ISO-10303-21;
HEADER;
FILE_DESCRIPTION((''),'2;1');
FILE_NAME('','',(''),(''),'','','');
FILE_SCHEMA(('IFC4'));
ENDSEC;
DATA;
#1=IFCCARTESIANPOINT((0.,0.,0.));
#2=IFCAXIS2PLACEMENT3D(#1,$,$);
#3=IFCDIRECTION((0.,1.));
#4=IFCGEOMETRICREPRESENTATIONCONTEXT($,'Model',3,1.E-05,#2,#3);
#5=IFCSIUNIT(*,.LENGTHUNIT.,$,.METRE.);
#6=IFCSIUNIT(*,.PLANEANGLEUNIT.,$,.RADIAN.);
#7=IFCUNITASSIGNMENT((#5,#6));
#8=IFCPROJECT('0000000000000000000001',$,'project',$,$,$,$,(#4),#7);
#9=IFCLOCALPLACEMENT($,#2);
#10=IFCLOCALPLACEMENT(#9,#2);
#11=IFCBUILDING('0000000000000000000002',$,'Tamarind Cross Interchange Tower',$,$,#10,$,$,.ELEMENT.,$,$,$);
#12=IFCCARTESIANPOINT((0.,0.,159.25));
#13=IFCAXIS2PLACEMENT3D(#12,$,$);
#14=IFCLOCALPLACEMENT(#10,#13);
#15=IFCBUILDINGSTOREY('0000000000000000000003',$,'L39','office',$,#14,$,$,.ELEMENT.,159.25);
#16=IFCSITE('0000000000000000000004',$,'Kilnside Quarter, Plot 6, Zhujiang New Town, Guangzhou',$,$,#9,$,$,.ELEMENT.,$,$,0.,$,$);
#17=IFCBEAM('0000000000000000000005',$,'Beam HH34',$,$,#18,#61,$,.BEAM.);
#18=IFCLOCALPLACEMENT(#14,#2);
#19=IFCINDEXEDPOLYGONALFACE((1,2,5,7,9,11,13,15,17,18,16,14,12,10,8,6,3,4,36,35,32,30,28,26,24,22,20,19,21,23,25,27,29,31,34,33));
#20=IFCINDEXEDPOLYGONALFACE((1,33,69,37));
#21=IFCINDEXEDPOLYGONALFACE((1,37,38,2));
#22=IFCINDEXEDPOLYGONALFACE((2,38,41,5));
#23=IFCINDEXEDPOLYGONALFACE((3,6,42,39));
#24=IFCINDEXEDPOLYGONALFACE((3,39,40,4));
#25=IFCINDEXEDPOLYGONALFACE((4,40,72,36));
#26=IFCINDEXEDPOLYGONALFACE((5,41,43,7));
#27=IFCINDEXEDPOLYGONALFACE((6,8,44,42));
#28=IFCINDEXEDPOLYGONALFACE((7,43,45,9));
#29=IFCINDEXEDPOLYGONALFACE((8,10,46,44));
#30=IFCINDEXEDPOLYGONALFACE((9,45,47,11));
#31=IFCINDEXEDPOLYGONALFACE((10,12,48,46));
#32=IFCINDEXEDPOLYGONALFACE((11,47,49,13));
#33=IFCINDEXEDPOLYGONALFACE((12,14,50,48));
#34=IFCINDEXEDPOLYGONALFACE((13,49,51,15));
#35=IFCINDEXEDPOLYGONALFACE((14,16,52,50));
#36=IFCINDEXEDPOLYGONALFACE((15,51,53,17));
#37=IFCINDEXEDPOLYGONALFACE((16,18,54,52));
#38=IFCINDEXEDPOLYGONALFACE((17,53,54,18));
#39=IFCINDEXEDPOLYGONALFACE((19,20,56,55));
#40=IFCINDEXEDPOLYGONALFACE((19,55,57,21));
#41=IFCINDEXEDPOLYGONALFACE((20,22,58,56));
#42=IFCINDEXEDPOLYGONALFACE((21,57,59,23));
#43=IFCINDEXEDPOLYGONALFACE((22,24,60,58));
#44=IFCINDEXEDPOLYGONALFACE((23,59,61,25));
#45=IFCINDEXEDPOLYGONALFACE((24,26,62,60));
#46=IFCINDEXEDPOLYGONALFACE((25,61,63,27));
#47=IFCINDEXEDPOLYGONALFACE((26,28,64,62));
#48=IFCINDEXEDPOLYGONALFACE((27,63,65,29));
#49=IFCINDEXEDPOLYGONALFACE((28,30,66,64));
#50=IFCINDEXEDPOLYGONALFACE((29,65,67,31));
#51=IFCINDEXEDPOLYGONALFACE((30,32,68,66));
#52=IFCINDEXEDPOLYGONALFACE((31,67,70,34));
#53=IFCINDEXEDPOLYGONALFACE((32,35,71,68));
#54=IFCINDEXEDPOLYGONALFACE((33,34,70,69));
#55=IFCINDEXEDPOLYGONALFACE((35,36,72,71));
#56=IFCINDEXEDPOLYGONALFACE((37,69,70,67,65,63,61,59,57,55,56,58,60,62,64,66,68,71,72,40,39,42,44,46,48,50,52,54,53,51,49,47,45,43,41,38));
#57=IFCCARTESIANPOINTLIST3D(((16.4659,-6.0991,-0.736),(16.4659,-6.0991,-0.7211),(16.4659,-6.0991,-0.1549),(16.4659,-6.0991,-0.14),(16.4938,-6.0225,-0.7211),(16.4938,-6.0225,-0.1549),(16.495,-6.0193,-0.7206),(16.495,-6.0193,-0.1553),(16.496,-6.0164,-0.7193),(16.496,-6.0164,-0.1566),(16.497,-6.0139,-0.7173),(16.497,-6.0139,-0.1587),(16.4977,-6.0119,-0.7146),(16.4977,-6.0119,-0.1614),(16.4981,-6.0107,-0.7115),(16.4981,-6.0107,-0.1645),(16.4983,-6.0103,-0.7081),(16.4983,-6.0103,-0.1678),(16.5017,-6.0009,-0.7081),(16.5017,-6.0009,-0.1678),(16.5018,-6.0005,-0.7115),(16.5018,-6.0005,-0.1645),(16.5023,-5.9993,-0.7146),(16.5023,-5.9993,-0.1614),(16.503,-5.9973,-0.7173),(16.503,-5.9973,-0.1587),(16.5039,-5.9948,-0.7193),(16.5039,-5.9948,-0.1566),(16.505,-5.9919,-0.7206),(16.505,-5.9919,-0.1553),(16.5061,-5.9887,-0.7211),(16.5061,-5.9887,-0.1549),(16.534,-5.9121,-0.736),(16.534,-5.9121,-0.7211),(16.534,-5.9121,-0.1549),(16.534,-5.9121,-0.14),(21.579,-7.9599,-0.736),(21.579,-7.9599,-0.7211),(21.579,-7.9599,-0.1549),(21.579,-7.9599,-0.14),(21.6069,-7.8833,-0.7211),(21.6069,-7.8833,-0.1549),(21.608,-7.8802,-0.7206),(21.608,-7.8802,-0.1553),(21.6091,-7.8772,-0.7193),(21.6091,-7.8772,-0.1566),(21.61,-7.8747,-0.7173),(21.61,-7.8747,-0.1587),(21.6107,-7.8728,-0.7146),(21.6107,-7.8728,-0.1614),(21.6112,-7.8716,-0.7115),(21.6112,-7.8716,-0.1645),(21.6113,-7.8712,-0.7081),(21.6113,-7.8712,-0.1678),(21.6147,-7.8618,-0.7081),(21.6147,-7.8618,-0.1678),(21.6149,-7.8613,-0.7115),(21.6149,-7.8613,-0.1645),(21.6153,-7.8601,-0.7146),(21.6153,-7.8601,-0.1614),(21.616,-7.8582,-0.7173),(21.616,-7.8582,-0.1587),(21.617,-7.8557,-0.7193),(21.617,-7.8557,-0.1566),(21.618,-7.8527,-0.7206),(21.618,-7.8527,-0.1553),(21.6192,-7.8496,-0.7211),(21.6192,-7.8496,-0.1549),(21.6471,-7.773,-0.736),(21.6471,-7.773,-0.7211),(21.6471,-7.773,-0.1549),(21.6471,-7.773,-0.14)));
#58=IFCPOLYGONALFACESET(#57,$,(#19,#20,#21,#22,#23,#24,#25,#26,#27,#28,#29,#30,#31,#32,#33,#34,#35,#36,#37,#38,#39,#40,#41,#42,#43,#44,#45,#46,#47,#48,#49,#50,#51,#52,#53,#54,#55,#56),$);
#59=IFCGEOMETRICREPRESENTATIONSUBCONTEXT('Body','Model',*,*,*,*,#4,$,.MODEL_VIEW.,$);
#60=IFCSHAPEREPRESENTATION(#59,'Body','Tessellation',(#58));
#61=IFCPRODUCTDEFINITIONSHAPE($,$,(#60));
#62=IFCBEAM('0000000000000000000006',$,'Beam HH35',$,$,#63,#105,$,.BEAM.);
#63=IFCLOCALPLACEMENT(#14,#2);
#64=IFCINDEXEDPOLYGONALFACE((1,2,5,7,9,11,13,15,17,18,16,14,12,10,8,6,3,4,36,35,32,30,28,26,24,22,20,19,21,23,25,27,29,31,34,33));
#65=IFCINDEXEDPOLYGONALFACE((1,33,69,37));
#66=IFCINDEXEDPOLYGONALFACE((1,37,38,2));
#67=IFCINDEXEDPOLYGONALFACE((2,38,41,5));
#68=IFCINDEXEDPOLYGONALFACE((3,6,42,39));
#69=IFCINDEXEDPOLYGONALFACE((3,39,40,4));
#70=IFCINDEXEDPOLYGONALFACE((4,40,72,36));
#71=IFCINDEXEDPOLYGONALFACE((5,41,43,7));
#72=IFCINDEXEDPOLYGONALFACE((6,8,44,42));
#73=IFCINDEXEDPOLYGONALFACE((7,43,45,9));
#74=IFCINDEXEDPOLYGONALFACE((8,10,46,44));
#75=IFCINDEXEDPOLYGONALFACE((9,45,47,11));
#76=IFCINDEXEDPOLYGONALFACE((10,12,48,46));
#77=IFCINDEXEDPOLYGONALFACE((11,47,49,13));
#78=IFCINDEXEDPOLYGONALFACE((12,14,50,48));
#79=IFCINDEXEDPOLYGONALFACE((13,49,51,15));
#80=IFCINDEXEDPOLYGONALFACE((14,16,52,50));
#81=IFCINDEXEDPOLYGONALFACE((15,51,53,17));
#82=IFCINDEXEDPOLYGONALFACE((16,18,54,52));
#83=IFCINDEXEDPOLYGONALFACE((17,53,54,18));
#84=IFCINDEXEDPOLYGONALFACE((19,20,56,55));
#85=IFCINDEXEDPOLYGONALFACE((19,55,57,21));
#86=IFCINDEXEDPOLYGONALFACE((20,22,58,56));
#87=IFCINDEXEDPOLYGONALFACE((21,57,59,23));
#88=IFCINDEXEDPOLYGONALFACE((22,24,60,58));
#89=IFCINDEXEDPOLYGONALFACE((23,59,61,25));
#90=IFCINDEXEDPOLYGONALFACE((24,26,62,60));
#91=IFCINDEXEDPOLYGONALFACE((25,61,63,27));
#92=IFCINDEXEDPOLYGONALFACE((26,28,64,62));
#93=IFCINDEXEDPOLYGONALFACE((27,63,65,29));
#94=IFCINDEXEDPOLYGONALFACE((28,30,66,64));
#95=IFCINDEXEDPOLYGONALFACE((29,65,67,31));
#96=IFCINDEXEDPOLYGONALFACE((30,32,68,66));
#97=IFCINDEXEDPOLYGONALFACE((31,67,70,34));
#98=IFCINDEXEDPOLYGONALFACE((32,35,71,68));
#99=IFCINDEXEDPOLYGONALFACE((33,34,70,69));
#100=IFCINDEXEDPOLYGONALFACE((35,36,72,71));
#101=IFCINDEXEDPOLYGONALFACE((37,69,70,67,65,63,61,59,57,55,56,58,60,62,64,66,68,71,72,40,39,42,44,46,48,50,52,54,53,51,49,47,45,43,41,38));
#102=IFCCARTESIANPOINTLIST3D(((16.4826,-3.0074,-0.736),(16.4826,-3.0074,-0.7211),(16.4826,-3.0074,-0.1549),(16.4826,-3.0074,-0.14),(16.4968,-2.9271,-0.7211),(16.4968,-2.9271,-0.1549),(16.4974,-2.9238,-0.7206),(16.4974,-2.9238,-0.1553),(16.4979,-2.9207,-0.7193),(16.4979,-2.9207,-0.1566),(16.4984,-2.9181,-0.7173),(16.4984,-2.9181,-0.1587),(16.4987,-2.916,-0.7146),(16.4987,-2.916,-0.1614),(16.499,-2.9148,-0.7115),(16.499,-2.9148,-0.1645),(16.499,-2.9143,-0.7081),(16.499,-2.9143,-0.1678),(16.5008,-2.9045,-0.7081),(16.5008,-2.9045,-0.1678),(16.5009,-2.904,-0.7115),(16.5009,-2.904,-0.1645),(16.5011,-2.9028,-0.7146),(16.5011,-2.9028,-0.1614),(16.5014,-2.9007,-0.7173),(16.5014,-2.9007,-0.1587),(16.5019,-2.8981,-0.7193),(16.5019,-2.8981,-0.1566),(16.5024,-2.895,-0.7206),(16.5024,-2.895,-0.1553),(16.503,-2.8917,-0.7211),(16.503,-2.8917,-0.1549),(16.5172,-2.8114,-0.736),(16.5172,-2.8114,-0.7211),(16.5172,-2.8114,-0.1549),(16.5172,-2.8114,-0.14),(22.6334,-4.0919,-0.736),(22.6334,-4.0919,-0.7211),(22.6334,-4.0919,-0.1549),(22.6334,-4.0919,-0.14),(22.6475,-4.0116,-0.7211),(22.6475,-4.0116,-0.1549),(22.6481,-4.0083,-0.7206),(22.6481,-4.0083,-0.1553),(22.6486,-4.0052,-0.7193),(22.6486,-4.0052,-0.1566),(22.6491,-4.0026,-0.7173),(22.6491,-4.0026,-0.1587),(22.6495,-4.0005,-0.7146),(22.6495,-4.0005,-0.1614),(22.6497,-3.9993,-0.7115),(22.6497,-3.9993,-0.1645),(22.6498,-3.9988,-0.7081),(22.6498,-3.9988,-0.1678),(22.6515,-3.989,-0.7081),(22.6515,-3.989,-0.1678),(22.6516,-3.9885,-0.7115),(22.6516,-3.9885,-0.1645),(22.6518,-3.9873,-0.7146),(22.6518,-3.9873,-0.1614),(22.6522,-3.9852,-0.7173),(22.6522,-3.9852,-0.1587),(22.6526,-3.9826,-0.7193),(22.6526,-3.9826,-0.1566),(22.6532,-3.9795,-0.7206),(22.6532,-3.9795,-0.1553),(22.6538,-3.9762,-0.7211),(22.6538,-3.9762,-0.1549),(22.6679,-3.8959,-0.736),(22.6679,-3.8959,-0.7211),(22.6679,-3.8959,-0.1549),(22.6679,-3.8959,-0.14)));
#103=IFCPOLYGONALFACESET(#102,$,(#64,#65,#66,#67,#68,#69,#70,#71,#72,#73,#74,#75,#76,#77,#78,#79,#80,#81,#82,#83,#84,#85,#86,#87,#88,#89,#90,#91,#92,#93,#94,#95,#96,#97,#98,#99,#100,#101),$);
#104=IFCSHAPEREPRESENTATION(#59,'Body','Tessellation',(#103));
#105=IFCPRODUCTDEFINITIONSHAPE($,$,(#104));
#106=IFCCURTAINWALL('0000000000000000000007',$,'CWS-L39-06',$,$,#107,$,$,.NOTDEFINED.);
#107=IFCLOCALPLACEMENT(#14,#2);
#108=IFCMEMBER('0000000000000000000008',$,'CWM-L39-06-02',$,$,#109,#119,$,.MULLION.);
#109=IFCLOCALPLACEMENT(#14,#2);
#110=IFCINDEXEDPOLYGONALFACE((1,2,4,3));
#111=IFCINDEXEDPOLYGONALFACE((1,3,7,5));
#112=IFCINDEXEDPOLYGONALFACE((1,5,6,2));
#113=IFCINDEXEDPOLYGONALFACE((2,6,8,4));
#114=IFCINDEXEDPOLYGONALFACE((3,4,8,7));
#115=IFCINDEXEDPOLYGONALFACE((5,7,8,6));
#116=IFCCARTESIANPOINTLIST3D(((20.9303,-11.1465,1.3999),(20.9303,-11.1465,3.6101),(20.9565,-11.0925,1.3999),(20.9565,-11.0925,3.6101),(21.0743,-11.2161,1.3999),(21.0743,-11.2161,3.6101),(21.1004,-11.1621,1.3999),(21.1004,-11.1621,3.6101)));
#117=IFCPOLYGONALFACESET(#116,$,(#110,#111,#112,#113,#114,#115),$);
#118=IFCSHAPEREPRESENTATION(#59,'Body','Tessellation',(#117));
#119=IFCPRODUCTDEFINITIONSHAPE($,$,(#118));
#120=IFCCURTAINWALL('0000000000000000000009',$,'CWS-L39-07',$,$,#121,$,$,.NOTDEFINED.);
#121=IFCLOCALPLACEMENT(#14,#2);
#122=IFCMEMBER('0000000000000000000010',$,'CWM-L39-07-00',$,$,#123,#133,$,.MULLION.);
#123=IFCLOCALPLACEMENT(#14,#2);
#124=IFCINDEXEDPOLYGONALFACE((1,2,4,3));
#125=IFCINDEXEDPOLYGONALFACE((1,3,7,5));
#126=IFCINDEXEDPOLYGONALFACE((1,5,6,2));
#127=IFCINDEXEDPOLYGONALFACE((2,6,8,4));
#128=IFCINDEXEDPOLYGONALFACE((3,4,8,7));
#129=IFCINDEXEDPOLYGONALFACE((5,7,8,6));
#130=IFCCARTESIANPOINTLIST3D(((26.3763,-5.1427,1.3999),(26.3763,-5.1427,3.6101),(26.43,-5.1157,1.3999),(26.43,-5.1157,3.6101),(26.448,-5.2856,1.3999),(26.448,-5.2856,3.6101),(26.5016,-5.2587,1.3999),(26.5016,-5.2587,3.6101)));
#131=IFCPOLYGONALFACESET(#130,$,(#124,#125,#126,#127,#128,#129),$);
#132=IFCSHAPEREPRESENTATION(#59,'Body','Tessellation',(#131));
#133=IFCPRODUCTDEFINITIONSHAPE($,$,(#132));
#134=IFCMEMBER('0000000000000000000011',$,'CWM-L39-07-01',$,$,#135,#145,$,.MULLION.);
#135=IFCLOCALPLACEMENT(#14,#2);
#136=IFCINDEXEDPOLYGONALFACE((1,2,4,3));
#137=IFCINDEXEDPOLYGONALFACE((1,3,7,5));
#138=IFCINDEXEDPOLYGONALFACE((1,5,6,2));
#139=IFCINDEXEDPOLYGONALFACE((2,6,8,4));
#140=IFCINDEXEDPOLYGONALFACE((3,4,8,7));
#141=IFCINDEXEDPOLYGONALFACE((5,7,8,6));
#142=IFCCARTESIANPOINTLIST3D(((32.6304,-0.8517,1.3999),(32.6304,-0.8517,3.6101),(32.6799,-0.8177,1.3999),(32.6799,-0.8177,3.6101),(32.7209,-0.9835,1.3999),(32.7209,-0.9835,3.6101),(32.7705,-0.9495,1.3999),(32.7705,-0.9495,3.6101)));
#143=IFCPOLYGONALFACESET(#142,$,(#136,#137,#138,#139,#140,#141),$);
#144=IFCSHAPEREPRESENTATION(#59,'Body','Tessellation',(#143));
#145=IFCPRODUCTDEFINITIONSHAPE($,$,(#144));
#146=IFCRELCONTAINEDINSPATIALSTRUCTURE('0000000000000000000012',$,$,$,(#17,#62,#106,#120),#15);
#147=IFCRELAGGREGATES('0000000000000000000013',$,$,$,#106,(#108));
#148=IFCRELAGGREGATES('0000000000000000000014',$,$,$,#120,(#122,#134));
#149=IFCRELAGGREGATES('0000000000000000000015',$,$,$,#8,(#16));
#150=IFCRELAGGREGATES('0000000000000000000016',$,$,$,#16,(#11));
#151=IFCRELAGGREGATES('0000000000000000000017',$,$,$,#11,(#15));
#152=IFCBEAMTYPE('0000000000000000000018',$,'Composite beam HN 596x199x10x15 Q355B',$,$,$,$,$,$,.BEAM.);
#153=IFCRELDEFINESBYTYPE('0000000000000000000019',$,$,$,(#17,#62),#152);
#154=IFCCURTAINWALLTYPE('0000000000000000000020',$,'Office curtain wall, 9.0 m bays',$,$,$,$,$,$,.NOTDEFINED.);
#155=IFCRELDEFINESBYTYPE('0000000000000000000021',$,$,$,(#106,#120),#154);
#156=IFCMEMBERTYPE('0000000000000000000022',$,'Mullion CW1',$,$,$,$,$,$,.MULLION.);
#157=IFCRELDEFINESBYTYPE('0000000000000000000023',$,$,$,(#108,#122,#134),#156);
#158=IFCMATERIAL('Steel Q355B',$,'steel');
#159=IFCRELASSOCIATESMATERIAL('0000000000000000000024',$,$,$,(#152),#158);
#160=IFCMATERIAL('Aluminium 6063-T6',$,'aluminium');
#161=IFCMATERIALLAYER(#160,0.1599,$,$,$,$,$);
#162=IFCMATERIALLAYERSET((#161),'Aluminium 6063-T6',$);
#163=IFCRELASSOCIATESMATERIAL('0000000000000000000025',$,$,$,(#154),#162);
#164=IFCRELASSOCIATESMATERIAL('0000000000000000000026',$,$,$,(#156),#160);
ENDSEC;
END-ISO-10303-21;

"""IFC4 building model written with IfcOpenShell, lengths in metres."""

from ifc_helpers import new_model, si_unit, direction, frame, origin, origin_2d, place, context, subcontext, project, spatial, rectangle, i_section, extrude, material, layer, layer_set, material_profile, profile_set, type_object, element, aggregate, save


model = new_model("IFC4")

# Units and contexts
model_context = context("Model", 3, precision=1e-05, world=origin(), true_north=direction((0.0, 1.0)))
body_context = subcontext(model_context, "Body", "Model", "MODEL_VIEW")
ifc_project = project(units=[si_unit("LENGTHUNIT", "METRE"), si_unit("PLANEANGLEUNIT", "RADIAN")], contexts=[model_context])

# Site, building, storey
site_placement = place(None, origin())
site = spatial("IfcSite", under=ifc_project, at=site_placement, Name="Kilnside Quarter, Plot 6, Zhujiang New Town, Guangzhou", CompositionType="ELEMENT", RefElevation=0.0)
building_placement = place(site_placement, origin())
building = spatial("IfcBuilding", under=site, at=building_placement, Name="Tamarind Cross Interchange Tower", CompositionType="ELEMENT")
storey_placement = place(building_placement, frame((0.0, 0.0, 159.25)))
storey = spatial("IfcBuildingStorey", under=building, at=storey_placement, Name="L39", Description="office", CompositionType="ELEMENT", Elevation=159.25)

# Beams
ifc_material_1 = material(Name="Steel Q355B", Category="steel")
ifc_material_profile_1 = material_profile(ifc_material_1, i_section(OverallWidth=0.199, OverallDepth=0.5959, WebThickness=0.01, FlangeThickness=0.0149, FilletRadius=0.0129, at=origin_2d()), Name="HN 596x199x10x15")
ifc_profile_set_1 = profile_set([ifc_material_profile_1], Name="Steel Q355B")
beam_type = type_object("IfcBeamType", Name="Composite beam HN 596x199x10x15 Q355B", PredefinedType="BEAM", material=ifc_profile_set_1)
beam_1_placement = place(storey_placement, frame((21.613, -7.8665, -0.438), z_axis=(-0.939702, 0.341995, 0.0), x_axis=(-0.341995, -0.939702, 0.0)))
element("IfcBeam", 1, at=beam_1_placement, inside=storey, type_object=beam_type, Name="Beam HH34", PredefinedType="BEAM", context=body_context, shape_type="SweptSolid", body=[
    extrude(i_section(OverallWidth=0.199, OverallDepth=0.5959, WebThickness=0.01, FlangeThickness=0.0149, FilletRadius=0.0129, at=origin_2d()), origin(), (0.0, 0.0, 1.0), 5.4412),
])
beam_2_placement = place(storey_placement, frame((22.6506, -3.9939, -0.438), z_axis=(-0.984809, 0.17364, 0.0), x_axis=(-0.17364, -0.984809, 0.0)))
element("IfcBeam", 2, at=beam_2_placement, inside=storey, type_object=beam_type, Name="Beam HH35", PredefinedType="BEAM", context=body_context, shape_type="SweptSolid", body=[
    extrude(i_section(OverallWidth=0.199, OverallDepth=0.5959, WebThickness=0.01, FlangeThickness=0.0149, FilletRadius=0.0129, at=origin_2d()), origin(), (0.0, 0.0, 1.0), 6.2456),
])

# Curtain wall, member
ifc_material_2 = material(Name="Aluminium 6063-T6", Category="aluminium")
ifc_layer_1 = layer(ifc_material_2, 0.1599)
ifc_layer_set_1 = layer_set([ifc_layer_1], Name="Aluminium 6063-T6")
curtain_wall_type = type_object("IfcCurtainWallType", Name="Office curtain wall, 9.0 m bays", PredefinedType="NOTDEFINED", material=ifc_layer_set_1)
curtain_wall_1_placement = place(storey_placement, origin())
curtain_wall_1 = element("IfcCurtainWall", 3, at=curtain_wall_1_placement, inside=storey, type_object=curtain_wall_type, Name="CWS-L39-06", PredefinedType="NOTDEFINED")
ifc_material_profile_2 = material_profile(ifc_material_2, rectangle(XDim=0.0601, YDim=0.1599, at=origin_2d()), Name="Mullion CW1")
ifc_profile_set_2 = profile_set([ifc_material_profile_2], Name="Aluminium 6063-T6")
member_type = type_object("IfcMemberType", Name="Mullion CW1", PredefinedType="MULLION", material=ifc_profile_set_2)
member_1_placement = place(storey_placement, frame((21.0154, -11.1543, 1.3999), z_axis=(0.0, 0.0, 1.0), x_axis=(0.435326, 0.900273, 0.0)))
member_1 = element("IfcMember", 4, at=member_1_placement, type_object=member_type, Name="CWM-L39-06-02", PredefinedType="MULLION", context=body_context, shape_type="SweptSolid", body=[
    extrude(rectangle(XDim=0.0601, YDim=0.1599, at=origin_2d()), origin(), (0.0, 0.0, 1.0), 2.2102),
])
aggregate(curtain_wall_1, [member_1])

# Curtain wall, members
curtain_wall_2_placement = place(storey_placement, origin())
curtain_wall_2 = element("IfcCurtainWall", 5, at=curtain_wall_2_placement, inside=storey, type_object=curtain_wall_type, Name="CWS-L39-07", PredefinedType="NOTDEFINED")
member_2_placement = place(storey_placement, frame((26.439, -5.2007, 1.3999), z_axis=(0.0, 0.0, 1.0), x_axis=(0.893931, 0.448204, 0.0)))
member_2 = element("IfcMember", 6, at=member_2_placement, type_object=member_type, Name="CWM-L39-07-00", PredefinedType="MULLION", context=body_context, shape_type="SweptSolid", body=[
    extrude(rectangle(XDim=0.0601, YDim=0.1599, at=origin_2d()), origin(), (0.0, 0.0, 1.0), 2.2102),
])
member_3_placement = place(storey_placement, frame((32.7004, -0.9006, 1.3999), z_axis=(0.0, 0.0, 1.0), x_axis=(0.82434, 0.566096, 0.0)))
member_3 = element("IfcMember", 7, at=member_3_placement, type_object=member_type, Name="CWM-L39-07-01", PredefinedType="MULLION", context=body_context, shape_type="SweptSolid", body=[
    extrude(rectangle(XDim=0.0601, YDim=0.1599, at=origin_2d()), origin(), (0.0, 0.0, 1.0), 2.2102),
])
aggregate(curtain_wall_2, [member_2, member_3])

save(model, "model.ifc")
